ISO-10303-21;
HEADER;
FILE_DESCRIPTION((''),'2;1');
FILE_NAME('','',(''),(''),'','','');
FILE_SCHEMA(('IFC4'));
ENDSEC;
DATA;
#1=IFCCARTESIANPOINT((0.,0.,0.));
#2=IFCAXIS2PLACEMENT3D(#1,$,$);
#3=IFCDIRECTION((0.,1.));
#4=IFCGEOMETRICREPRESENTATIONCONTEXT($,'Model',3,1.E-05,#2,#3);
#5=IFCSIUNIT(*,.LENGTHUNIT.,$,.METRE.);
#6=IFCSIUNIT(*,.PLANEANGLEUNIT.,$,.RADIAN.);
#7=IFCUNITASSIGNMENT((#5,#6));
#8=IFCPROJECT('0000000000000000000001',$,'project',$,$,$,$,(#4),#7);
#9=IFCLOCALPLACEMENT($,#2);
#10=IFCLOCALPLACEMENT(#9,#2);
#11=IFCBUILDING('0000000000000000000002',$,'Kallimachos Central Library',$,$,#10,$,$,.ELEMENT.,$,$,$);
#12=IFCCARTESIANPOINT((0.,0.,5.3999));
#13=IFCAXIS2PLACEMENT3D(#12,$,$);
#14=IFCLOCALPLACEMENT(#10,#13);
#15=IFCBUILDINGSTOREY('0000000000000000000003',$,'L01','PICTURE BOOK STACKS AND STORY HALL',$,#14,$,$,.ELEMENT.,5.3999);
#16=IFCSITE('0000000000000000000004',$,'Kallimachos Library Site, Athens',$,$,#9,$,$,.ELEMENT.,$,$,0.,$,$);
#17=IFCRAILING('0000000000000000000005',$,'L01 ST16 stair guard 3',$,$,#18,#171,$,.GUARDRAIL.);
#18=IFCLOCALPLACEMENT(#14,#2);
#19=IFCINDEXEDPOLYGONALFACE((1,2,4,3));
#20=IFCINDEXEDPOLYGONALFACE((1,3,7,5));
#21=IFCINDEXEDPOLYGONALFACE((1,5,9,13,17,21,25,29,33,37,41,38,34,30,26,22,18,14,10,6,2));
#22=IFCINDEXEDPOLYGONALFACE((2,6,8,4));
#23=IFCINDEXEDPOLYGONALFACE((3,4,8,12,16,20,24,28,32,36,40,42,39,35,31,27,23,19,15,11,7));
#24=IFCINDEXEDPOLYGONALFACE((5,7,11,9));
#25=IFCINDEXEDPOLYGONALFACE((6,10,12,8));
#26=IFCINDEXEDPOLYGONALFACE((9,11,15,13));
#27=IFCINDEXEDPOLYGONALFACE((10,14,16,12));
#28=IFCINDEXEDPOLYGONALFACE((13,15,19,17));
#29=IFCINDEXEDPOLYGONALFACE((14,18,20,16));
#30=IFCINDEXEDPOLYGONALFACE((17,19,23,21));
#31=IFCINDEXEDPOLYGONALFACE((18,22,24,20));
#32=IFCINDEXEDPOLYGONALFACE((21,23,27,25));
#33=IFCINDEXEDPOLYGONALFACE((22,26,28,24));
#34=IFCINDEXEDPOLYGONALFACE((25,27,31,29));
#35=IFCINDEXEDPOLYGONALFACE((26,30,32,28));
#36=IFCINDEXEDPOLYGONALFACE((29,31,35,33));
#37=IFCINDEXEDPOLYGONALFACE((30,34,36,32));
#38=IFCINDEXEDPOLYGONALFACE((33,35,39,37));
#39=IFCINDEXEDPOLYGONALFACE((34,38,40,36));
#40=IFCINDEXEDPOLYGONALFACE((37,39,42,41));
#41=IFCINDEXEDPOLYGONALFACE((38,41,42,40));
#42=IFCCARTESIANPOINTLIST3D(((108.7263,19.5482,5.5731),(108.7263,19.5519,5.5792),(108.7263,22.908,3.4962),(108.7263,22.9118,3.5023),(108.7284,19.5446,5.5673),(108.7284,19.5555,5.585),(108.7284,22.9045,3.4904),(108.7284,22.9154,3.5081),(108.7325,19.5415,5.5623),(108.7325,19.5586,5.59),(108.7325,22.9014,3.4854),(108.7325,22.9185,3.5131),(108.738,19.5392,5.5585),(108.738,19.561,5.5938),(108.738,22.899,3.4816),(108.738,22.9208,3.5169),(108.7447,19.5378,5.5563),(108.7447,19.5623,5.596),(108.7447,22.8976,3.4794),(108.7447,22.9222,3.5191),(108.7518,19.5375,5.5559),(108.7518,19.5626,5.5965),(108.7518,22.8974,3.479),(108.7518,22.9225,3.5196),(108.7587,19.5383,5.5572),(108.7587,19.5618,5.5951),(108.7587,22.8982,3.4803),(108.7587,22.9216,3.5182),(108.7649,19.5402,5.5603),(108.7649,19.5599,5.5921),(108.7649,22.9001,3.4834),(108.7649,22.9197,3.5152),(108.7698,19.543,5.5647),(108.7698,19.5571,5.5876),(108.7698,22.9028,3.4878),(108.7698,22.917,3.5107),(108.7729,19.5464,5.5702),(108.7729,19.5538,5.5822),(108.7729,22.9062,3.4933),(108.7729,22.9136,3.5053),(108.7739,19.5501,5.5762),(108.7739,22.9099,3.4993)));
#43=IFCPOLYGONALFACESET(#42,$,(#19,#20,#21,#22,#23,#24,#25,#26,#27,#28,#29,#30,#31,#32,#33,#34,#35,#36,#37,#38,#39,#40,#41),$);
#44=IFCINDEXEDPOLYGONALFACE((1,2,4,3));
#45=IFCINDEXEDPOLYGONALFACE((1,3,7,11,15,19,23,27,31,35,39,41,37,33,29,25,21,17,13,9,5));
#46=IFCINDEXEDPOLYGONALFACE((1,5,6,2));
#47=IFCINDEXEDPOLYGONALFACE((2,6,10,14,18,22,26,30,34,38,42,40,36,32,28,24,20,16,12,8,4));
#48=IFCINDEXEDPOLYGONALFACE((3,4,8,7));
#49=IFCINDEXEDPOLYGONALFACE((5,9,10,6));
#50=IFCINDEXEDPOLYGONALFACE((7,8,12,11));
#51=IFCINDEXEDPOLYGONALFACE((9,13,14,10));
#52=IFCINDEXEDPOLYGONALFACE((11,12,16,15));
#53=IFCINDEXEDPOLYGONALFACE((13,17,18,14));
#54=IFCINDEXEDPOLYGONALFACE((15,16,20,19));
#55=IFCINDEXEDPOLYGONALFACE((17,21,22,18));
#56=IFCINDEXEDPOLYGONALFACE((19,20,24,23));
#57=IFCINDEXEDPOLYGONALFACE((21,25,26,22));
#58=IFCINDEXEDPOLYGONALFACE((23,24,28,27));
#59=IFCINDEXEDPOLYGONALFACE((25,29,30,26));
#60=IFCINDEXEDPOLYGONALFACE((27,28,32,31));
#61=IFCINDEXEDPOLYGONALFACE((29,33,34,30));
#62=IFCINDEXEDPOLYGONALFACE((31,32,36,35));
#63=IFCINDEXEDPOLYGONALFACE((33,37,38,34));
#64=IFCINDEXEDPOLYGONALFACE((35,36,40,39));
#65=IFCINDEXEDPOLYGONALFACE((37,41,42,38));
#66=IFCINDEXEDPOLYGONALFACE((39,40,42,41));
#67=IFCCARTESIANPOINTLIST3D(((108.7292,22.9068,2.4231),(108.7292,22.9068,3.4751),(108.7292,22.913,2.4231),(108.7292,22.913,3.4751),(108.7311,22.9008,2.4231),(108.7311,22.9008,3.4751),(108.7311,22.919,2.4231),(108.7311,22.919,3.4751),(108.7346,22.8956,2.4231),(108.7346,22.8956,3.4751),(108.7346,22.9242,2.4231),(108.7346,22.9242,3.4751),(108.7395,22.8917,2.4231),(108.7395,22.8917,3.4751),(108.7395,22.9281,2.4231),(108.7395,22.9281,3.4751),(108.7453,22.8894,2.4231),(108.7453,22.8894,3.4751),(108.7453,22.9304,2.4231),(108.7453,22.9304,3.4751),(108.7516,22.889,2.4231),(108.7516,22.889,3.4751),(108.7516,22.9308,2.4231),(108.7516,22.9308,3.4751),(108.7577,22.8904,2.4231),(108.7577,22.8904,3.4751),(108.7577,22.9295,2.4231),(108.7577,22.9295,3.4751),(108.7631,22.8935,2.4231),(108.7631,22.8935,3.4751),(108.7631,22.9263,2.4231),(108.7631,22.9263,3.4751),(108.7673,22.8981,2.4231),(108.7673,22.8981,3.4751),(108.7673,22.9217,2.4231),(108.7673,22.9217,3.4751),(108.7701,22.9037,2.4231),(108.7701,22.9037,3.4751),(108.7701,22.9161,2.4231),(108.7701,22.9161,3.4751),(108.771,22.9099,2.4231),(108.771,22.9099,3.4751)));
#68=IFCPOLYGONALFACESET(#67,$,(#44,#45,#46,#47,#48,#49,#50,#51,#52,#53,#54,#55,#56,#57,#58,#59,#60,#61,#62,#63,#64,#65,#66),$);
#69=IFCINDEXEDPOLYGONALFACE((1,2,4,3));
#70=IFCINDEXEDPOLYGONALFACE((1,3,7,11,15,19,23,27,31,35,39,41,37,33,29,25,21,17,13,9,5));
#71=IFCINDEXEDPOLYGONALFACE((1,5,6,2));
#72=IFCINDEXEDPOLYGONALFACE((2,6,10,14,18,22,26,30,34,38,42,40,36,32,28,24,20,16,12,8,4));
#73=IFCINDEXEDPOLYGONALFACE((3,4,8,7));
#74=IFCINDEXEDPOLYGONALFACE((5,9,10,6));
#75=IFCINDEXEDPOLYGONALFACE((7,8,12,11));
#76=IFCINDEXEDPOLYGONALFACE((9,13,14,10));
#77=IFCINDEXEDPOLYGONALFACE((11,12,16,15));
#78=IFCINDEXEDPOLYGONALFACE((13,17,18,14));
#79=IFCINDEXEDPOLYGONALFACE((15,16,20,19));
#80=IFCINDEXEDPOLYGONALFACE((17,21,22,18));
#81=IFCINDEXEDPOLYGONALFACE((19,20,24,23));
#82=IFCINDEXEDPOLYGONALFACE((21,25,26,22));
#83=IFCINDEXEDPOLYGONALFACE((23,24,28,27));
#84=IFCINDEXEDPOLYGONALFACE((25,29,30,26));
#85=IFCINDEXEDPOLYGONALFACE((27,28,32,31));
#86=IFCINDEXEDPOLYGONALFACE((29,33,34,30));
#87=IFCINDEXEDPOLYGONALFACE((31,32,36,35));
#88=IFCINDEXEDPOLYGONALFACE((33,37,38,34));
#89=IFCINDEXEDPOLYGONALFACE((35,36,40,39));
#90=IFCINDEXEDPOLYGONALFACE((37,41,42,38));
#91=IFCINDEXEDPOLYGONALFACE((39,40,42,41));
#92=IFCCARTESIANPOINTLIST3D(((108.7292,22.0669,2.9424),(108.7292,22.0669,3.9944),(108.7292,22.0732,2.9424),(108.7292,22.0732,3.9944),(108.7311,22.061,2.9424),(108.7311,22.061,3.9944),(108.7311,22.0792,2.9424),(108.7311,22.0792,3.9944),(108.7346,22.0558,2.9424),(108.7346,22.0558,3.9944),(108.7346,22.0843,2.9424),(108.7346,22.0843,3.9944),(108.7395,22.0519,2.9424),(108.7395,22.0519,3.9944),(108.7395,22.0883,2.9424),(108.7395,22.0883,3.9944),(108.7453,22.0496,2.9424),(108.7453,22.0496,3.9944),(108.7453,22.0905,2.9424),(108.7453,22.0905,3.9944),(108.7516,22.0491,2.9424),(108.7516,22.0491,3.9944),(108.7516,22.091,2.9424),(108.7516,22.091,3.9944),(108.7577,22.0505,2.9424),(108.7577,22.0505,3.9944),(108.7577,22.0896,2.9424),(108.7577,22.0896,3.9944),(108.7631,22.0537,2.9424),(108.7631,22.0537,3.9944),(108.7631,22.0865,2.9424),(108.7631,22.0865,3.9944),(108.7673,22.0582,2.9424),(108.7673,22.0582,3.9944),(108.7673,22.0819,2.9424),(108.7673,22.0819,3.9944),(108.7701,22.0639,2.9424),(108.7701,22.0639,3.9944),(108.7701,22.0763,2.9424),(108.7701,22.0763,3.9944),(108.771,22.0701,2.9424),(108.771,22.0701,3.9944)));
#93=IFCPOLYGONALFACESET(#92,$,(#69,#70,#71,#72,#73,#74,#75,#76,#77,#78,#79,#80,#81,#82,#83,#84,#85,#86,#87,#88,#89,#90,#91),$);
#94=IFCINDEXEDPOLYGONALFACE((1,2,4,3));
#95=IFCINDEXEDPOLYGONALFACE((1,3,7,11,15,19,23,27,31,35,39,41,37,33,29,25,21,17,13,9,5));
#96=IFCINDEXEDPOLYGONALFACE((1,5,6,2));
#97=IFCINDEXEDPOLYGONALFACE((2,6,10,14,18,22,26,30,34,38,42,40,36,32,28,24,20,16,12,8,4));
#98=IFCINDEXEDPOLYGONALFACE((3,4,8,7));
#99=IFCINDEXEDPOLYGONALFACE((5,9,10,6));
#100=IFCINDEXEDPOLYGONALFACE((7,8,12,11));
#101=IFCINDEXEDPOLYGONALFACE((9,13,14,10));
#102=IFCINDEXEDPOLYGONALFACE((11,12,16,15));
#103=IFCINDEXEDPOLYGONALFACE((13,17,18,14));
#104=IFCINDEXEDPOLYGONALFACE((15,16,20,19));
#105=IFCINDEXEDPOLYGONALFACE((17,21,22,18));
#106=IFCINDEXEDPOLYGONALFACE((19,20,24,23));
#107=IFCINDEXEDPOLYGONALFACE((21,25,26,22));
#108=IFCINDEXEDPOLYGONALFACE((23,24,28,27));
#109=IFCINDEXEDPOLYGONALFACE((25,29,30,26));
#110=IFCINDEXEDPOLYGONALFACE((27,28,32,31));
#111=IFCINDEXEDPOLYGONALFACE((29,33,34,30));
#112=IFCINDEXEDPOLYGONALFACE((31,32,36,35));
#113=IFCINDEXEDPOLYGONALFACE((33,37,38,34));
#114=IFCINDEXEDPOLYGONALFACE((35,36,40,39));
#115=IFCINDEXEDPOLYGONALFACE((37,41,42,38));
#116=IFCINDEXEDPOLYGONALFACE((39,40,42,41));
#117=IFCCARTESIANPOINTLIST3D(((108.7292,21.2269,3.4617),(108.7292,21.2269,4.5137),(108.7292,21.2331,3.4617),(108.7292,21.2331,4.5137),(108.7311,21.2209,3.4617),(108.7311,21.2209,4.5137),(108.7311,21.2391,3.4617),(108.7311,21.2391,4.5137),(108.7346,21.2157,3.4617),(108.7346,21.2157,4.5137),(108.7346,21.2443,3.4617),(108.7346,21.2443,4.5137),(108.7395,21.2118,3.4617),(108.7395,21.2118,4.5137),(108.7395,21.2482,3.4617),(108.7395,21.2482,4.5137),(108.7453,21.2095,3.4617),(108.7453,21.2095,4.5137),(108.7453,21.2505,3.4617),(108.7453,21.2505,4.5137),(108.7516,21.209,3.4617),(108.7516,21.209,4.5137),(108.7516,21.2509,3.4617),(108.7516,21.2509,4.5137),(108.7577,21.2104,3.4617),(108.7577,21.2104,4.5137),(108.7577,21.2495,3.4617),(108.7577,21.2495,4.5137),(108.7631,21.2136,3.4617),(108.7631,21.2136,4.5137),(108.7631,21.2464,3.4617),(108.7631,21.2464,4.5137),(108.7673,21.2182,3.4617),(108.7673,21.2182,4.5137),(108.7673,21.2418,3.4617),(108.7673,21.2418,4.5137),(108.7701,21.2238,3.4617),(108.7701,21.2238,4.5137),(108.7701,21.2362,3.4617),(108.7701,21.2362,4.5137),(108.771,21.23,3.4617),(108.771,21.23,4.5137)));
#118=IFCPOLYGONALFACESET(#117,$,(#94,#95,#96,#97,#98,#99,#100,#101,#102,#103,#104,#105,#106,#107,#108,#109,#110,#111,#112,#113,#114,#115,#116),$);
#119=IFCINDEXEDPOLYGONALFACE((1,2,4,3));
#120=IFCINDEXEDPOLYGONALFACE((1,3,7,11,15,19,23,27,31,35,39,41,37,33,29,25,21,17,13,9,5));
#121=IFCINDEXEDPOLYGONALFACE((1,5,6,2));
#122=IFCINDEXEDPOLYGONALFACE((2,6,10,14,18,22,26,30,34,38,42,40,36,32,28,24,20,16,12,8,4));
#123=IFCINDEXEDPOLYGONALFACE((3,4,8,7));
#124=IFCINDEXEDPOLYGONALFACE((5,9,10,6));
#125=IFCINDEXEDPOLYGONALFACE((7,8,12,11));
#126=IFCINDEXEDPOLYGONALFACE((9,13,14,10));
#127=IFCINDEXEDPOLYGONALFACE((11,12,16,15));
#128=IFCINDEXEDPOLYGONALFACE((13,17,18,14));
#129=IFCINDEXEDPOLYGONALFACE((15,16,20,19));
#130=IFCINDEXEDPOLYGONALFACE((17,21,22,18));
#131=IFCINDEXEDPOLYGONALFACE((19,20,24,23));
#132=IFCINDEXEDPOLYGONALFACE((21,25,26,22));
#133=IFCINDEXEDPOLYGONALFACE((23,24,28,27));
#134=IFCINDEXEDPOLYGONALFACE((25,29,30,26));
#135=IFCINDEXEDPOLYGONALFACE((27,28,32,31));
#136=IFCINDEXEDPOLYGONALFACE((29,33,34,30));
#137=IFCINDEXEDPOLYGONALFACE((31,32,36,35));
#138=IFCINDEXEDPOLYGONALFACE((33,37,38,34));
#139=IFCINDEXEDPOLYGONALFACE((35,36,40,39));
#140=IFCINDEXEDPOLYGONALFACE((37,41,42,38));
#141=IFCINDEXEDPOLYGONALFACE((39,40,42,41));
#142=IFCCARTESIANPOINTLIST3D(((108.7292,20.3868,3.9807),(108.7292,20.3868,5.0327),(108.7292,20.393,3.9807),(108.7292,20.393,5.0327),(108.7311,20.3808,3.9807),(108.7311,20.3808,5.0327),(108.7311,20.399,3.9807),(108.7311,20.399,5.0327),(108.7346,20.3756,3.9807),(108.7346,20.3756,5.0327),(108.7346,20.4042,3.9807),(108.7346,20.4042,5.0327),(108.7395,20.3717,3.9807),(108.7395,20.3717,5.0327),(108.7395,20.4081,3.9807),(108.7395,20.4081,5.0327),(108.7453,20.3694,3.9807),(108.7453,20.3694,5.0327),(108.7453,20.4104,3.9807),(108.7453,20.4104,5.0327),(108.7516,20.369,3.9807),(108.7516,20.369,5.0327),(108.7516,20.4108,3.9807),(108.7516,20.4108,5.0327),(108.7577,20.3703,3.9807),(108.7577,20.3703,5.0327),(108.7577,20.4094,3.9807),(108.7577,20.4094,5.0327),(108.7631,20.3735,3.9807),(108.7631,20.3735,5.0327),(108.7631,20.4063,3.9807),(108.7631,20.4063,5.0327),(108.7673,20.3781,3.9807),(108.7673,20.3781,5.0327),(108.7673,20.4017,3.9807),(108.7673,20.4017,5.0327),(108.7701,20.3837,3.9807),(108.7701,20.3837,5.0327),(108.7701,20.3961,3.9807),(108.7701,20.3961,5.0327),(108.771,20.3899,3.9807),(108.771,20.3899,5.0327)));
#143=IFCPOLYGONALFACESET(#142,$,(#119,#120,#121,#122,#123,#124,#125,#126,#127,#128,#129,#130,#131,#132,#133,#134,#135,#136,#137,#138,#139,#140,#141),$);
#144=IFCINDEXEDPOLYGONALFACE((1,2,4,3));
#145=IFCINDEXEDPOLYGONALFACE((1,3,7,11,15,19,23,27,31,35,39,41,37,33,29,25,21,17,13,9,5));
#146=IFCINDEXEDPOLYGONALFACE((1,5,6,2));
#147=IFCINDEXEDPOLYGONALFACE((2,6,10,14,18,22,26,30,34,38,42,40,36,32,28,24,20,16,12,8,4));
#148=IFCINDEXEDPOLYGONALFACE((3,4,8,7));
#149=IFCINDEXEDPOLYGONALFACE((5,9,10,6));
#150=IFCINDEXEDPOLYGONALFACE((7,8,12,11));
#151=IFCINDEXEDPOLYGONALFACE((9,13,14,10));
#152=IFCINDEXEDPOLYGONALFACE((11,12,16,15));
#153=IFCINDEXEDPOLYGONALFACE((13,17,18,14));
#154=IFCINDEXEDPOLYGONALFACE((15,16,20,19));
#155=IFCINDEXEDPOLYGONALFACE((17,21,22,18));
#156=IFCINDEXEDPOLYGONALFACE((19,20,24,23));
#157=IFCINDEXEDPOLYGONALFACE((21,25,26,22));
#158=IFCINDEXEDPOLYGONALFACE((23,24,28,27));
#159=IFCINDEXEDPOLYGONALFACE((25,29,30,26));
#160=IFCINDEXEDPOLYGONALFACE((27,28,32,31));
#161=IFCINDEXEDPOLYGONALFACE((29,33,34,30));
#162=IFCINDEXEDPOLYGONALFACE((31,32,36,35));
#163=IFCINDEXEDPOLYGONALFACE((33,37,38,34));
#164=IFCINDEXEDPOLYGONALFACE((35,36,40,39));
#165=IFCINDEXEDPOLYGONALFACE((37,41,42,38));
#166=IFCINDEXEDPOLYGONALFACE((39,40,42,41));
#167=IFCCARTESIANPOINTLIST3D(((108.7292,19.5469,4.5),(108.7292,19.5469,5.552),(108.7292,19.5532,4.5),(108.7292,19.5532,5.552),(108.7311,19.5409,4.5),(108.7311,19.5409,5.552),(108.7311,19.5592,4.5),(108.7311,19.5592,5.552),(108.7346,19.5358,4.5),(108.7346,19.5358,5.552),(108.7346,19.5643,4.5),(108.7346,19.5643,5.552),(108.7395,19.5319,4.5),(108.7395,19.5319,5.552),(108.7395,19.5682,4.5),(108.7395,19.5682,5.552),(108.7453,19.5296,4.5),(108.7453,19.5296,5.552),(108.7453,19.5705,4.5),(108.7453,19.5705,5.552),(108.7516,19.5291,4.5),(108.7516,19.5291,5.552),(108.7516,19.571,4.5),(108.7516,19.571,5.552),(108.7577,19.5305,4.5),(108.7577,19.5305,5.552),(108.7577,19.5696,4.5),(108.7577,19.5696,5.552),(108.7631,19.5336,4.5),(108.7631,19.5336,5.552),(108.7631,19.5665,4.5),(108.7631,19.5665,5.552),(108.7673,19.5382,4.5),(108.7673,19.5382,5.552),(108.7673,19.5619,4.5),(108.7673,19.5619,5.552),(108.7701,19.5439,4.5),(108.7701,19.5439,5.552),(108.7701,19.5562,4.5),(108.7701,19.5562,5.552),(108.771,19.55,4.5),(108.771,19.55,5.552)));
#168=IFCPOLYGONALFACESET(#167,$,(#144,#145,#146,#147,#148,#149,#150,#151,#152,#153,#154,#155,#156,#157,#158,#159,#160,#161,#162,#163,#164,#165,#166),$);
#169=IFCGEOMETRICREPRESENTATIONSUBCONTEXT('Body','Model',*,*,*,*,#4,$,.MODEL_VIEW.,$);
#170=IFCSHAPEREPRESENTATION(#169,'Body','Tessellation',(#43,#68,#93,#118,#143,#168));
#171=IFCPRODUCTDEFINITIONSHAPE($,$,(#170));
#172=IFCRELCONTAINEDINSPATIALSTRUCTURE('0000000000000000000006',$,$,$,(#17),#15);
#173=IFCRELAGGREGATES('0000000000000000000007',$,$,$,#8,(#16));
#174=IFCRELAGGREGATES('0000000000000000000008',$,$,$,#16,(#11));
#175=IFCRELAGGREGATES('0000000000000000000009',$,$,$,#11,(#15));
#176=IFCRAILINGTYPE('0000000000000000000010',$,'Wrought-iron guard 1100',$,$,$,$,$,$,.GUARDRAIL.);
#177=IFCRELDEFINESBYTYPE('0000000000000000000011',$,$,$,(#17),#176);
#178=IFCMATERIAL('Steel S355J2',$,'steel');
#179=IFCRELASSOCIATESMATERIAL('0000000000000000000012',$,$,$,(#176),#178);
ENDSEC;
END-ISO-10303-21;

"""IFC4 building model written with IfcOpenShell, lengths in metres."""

from ifc_helpers import new_model, si_unit, direction, frame, origin, origin_2d, place, context, subcontext, project, spatial, circle, extrude, material, type_object, element, save


model = new_model("IFC4")

# Units and contexts
model_context = context("Model", 3, precision=1e-05, world=origin(), true_north=direction((0.0, 1.0)))
body_context = subcontext(model_context, "Body", "Model", "MODEL_VIEW")
ifc_project = project(units=[si_unit("LENGTHUNIT", "METRE"), si_unit("PLANEANGLEUNIT", "RADIAN")], contexts=[model_context])

# Site, building, storey
site_placement = place(None, origin())
site = spatial("IfcSite", under=ifc_project, at=site_placement, Name="Kallimachos Library Site, Athens", CompositionType="ELEMENT", RefElevation=0.0)
building_placement = place(site_placement, origin())
building = spatial("IfcBuilding", under=site, at=building_placement, Name="Kallimachos Central Library", CompositionType="ELEMENT")
storey_placement = place(building_placement, frame((0.0, 0.0, 5.3999)))
storey = spatial("IfcBuildingStorey", under=building, at=storey_placement, Name="L01", Description="PICTURE BOOK STACKS AND STORY HALL", CompositionType="ELEMENT", Elevation=5.3999)

# Railing
ifc_material_1 = material(Name="Steel S355J2", Category="steel")
railing_type_1 = type_object("IfcRailingType", Name="Wrought-iron guard 1100", PredefinedType="GUARDRAIL", material=ifc_material_1)
railing_1_placement = place(storey_placement, frame((108.75, 22.9099, 2.4231)))
element("IfcRailing", 1, at=railing_1_placement, inside=storey, type_object=railing_type_1, Name="L01 ST16 stair guard 3", PredefinedType="GUARDRAIL", context=body_context, shape_type="SweptSolid", body=[
    extrude(circle(Radius=0.0239, at=origin_2d()), frame((0.0, 0.0, 1.0762), z_axis=(0.0, -0.850606, 0.525803), x_axis=(1.0, 0.0, 0.0)), (0.0, 0.0, 1.0), 3.95),
    extrude(circle(Radius=0.021, at=origin_2d()), origin(), (0.0, 0.0, 1.0), 1.052),
    extrude(circle(Radius=0.021, at=origin_2d()), frame((0.0, -0.8398, 0.5193)), (0.0, 0.0, 1.0), 1.052),
    extrude(circle(Radius=0.021, at=origin_2d()), frame((0.0, -1.6799, 1.0386)), (0.0, 0.0, 1.0), 1.052),
    extrude(circle(Radius=0.021, at=origin_2d()), frame((0.0, -2.52, 1.5576)), (0.0, 0.0, 1.0), 1.052),
    extrude(circle(Radius=0.021, at=origin_2d()), frame((0.0, -3.3599, 2.0769)), (0.0, 0.0, 1.0), 1.052),
])

save(model, "model.ifc")
